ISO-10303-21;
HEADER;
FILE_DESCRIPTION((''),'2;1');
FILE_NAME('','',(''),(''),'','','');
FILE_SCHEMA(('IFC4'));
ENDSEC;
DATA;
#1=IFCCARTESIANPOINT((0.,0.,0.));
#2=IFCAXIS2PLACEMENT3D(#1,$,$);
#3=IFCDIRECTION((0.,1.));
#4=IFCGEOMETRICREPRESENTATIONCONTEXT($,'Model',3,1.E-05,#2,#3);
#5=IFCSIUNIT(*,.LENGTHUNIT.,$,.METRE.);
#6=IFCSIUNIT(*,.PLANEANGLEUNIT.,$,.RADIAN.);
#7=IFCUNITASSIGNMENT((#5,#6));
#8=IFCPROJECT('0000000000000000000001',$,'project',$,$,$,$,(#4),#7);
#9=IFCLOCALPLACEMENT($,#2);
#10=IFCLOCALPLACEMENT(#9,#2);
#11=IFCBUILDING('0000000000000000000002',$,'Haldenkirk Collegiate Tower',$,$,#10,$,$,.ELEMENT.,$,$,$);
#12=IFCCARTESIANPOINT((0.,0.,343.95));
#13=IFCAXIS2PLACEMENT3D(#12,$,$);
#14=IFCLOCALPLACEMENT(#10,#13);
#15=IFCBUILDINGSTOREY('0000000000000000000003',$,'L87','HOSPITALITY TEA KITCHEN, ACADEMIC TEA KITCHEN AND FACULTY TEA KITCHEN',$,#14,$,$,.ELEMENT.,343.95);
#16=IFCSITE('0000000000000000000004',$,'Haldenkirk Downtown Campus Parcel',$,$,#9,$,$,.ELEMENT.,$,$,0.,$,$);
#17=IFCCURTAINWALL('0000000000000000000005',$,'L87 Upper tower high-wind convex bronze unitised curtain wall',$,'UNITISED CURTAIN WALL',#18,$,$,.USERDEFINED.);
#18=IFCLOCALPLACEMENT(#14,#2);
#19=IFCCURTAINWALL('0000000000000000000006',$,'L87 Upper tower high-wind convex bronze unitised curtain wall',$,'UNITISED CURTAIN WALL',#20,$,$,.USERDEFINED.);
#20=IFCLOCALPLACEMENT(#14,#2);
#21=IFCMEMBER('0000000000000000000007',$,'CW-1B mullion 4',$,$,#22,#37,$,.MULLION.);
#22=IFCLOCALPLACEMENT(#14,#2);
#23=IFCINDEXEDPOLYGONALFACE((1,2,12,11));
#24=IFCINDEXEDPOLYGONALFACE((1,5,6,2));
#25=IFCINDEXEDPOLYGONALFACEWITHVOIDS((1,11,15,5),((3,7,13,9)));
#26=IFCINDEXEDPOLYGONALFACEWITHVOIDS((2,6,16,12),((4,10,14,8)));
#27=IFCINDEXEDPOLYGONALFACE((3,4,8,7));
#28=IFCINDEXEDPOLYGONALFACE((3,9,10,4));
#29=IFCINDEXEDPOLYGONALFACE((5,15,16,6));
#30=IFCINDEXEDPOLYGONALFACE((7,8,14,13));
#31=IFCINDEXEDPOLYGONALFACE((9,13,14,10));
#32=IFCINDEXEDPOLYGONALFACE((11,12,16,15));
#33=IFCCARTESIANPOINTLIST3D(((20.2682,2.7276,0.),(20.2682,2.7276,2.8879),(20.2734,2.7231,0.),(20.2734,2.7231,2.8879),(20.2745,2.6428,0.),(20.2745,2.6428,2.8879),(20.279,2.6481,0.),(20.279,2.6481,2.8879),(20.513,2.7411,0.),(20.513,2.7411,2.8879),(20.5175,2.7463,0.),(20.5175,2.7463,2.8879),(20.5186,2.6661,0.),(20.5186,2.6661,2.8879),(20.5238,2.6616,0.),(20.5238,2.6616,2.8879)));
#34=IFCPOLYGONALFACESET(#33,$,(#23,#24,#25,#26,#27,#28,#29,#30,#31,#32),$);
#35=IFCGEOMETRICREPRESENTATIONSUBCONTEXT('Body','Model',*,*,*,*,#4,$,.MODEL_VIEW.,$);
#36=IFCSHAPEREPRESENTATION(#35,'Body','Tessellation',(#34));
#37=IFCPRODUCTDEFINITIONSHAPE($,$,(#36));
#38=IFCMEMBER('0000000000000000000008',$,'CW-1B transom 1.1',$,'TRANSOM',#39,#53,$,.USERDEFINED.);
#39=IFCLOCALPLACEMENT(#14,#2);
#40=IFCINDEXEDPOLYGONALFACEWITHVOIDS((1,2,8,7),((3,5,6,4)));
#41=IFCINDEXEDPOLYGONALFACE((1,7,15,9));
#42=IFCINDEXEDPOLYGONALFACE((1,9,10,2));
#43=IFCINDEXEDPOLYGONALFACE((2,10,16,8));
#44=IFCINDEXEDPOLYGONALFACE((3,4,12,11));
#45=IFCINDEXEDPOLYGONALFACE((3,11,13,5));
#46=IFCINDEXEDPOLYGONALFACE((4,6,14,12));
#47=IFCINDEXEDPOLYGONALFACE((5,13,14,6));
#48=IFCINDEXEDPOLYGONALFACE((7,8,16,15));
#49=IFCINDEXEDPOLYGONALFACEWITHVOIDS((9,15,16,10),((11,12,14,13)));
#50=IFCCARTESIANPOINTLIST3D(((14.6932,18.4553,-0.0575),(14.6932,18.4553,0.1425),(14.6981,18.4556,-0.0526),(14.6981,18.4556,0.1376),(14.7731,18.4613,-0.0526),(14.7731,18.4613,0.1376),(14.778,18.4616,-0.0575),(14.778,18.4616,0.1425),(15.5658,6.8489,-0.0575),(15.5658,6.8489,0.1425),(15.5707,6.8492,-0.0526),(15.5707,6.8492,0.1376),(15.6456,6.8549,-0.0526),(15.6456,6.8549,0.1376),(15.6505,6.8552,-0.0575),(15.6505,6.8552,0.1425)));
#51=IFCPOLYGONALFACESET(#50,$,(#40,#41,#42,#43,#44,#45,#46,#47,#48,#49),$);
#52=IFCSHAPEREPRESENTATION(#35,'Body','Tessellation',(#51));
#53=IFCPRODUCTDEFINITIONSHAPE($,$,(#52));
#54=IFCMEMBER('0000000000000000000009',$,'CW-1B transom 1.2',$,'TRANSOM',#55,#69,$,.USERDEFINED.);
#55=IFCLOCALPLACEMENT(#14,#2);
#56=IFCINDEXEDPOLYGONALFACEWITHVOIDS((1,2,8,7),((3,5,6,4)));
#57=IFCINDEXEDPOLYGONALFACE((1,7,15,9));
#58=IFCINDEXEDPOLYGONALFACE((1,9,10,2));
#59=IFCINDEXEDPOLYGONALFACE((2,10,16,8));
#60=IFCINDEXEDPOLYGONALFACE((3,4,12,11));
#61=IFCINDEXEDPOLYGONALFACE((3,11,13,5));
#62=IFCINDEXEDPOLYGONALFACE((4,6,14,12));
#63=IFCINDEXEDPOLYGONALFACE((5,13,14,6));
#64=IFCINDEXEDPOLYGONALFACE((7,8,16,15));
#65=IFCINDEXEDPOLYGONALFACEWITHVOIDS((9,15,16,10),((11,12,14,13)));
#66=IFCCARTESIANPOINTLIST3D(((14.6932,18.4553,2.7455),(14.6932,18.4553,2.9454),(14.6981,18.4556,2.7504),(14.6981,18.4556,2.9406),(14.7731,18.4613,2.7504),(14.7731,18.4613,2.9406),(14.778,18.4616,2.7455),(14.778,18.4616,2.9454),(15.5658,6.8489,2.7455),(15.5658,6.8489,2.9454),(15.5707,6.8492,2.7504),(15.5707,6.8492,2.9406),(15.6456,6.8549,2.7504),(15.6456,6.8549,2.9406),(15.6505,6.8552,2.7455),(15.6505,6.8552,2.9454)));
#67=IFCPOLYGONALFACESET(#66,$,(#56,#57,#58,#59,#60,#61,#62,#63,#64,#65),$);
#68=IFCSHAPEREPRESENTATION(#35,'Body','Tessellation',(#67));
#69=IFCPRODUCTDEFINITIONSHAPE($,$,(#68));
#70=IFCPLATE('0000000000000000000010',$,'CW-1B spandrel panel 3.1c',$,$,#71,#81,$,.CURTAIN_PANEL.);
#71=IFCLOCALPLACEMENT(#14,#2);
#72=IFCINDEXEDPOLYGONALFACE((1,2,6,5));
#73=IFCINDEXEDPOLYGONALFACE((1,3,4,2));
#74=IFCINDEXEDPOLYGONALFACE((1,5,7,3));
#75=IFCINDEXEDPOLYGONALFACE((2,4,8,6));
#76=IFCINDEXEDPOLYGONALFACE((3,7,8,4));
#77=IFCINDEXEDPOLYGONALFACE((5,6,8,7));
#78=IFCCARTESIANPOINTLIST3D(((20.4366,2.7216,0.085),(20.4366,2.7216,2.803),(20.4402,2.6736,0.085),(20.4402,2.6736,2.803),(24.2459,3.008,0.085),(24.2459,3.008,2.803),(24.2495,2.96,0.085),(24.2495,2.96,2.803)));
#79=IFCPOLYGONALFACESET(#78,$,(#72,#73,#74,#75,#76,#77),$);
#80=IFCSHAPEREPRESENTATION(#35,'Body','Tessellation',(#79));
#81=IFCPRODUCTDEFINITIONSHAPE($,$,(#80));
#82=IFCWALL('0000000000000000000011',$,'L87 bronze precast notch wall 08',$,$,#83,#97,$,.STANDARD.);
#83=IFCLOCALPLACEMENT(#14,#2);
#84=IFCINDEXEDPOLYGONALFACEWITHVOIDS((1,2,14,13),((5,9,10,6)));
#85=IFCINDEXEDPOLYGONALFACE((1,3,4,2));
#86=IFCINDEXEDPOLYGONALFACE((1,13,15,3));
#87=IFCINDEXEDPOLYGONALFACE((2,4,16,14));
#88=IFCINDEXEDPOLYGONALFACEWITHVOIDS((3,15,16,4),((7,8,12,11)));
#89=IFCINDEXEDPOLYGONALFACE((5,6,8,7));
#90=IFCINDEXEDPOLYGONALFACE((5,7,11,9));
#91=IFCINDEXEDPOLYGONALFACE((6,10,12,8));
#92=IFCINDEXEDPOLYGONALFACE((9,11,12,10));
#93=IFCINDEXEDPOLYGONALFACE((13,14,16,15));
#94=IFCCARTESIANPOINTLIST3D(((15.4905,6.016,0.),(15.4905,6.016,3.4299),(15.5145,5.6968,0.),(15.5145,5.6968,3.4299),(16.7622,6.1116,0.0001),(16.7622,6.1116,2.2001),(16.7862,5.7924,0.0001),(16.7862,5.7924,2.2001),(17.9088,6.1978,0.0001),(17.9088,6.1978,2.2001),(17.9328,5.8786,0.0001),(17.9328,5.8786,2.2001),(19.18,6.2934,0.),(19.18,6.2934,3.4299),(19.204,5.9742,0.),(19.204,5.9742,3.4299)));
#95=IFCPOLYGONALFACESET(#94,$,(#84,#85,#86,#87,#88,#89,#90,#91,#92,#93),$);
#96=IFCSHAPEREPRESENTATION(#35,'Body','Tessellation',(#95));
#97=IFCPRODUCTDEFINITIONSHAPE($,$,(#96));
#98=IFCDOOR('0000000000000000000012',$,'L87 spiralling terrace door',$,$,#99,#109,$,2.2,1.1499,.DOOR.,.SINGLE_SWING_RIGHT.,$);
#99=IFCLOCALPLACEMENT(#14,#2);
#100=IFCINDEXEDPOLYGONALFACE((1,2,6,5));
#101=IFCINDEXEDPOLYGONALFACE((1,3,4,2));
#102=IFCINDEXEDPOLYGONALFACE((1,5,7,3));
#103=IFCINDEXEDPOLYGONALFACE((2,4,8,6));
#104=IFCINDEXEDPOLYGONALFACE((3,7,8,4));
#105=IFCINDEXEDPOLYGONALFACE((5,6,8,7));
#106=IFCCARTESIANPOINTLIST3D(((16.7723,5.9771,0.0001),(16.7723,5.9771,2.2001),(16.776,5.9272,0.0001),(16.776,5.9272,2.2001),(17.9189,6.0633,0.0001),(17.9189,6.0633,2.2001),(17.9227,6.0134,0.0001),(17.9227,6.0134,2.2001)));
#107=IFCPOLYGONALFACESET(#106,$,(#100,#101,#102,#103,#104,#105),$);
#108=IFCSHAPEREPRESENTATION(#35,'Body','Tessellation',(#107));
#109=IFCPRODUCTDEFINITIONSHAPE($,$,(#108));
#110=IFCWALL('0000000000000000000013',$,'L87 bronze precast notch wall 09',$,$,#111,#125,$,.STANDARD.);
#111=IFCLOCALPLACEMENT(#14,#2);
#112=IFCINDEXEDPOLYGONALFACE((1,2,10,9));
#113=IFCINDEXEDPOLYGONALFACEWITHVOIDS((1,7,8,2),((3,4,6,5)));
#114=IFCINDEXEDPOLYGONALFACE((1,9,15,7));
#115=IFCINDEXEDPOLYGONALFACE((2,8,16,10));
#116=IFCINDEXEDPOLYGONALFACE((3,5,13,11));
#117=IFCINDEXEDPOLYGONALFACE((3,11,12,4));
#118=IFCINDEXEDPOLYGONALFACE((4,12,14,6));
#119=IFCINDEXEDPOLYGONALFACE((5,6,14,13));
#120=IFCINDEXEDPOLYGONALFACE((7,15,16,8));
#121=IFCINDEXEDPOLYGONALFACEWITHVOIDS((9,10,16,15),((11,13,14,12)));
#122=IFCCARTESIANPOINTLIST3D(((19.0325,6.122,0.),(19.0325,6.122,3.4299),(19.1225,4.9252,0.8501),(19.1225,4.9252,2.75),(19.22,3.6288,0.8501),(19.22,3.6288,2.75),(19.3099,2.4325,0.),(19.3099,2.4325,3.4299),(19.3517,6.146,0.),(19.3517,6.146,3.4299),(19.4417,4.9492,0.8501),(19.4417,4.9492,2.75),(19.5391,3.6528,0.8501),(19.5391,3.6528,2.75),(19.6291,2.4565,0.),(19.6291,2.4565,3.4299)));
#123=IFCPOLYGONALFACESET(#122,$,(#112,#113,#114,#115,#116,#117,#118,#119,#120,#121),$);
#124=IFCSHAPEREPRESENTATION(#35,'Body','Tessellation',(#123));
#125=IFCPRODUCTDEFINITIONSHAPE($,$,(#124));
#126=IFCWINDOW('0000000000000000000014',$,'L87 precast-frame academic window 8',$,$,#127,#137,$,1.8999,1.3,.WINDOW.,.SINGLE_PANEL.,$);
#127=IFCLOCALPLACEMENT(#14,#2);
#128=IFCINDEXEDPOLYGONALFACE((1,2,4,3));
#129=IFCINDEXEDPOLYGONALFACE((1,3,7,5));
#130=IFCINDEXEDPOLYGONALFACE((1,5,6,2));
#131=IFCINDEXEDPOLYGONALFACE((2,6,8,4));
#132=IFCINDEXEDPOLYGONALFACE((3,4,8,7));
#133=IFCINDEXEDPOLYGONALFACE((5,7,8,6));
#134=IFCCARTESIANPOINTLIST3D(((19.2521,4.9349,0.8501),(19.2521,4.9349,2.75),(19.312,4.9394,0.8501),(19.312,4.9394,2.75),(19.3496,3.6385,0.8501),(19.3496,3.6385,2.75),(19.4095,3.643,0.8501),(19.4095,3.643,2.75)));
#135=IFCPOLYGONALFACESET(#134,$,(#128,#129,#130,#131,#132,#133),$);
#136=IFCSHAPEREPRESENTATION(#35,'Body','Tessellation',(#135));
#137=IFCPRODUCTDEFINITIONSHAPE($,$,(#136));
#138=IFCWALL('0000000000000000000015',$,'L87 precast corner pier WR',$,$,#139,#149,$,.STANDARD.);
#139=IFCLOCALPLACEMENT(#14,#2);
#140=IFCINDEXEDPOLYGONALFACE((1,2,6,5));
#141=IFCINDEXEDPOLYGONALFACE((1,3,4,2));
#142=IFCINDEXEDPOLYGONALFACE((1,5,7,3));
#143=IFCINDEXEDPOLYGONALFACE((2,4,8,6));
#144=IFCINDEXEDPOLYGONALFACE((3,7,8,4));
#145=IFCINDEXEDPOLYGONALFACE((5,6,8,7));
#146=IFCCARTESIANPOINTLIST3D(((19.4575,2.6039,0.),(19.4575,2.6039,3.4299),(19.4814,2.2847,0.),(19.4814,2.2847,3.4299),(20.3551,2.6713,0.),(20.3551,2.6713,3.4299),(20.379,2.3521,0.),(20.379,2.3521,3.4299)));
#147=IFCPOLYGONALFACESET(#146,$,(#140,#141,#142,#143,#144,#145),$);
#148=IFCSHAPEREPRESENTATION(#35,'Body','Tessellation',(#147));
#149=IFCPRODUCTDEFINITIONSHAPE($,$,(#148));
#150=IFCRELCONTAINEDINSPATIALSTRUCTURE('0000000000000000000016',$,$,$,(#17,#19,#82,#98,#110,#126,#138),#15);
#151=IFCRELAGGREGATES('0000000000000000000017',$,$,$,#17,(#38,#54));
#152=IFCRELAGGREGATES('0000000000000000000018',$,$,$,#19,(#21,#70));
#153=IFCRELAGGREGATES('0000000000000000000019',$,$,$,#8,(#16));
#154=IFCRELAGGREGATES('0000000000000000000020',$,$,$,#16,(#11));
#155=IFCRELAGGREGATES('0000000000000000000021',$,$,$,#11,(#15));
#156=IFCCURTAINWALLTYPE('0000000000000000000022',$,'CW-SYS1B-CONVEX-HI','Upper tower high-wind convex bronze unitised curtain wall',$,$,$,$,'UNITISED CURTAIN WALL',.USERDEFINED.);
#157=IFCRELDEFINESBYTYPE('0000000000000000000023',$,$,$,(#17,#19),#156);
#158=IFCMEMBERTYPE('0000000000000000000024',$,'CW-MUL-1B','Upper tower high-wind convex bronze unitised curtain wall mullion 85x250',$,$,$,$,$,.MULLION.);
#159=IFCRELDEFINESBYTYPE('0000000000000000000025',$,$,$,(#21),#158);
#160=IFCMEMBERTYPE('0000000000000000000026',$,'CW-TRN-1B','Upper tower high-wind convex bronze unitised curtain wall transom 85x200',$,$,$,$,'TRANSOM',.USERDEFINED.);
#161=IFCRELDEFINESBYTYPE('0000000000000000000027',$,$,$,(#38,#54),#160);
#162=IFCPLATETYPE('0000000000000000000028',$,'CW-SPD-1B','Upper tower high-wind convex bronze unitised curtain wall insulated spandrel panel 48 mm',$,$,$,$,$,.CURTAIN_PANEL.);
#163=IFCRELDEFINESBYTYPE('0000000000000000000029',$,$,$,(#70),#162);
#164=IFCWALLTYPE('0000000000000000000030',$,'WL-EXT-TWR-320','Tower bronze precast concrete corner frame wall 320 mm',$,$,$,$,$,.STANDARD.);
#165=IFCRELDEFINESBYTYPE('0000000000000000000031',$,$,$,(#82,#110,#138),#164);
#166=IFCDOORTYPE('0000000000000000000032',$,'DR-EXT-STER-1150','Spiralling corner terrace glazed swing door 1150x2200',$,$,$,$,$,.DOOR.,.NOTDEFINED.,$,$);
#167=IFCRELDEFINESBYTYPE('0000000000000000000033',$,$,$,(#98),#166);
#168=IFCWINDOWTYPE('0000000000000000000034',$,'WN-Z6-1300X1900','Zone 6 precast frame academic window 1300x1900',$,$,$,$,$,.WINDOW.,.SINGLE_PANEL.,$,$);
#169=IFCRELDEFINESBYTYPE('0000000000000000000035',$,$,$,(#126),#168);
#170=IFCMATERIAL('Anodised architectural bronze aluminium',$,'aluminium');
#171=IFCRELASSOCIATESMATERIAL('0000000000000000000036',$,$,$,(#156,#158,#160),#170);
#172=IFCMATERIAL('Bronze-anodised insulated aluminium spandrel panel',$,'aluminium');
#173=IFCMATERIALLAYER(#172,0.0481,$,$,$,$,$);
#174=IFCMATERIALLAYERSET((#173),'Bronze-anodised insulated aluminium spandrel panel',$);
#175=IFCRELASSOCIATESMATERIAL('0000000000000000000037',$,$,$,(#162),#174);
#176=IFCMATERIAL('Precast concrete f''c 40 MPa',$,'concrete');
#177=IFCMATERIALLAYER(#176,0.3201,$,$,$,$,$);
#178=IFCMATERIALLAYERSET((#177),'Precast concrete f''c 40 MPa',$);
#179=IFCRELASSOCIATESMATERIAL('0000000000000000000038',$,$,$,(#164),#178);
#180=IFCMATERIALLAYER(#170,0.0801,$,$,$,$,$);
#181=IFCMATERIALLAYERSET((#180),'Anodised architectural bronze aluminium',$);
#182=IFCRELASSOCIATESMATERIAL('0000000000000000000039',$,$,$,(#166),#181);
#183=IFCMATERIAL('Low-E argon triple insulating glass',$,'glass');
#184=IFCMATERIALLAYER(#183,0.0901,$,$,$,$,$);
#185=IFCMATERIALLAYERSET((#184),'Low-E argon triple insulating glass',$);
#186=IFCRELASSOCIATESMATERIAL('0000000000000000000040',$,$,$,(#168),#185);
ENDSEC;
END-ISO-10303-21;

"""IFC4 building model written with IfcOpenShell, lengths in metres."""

from ifc_helpers import new_model, si_unit, direction, frame, frame_2d, origin, origin_2d, place, context, subcontext, project, spatial, rectangle, hollow_rectangle, extrude, source, transform, mapped, material, layer, layer_set, material_profile, profile_set, type_object, element, fill, aggregate, save


model = new_model("IFC4")

# Units and contexts
model_context = context("Model", 3, precision=1e-05, world=origin(), true_north=direction((0.0, 1.0)))
body_context = subcontext(model_context, "Body", "Model", "MODEL_VIEW")
ifc_project = project(units=[si_unit("LENGTHUNIT", "METRE"), si_unit("PLANEANGLEUNIT", "RADIAN")], contexts=[model_context])

# Site, building, storey
site_placement = place(None, origin())
site = spatial("IfcSite", under=ifc_project, at=site_placement, Name="Haldenkirk Downtown Campus Parcel", CompositionType="ELEMENT", RefElevation=0.0)
building_placement = place(site_placement, origin())
building = spatial("IfcBuilding", under=site, at=building_placement, Name="Haldenkirk Collegiate Tower", CompositionType="ELEMENT")
storey_placement = place(building_placement, frame((0.0, 0.0, 343.95)))
storey = spatial("IfcBuildingStorey", under=building, at=storey_placement, Name="L87", Description="HOSPITALITY TEA KITCHEN, ACADEMIC TEA KITCHEN AND FACULTY TEA KITCHEN", CompositionType="ELEMENT", Elevation=343.95)

# Curtain walls, member
ifc_material_1 = material(Name="Anodised architectural bronze aluminium", Category="aluminium")
curtain_wall_type = type_object("IfcCurtainWallType", Name="CW-SYS1B-CONVEX-HI", Description="Upper tower high-wind convex bronze unitised curtain wall", ElementType="UNITISED CURTAIN WALL", PredefinedType="USERDEFINED", material=ifc_material_1)
curtain_wall_1_placement = place(storey_placement, origin())
curtain_wall_1 = element("IfcCurtainWall", 1, at=curtain_wall_1_placement, inside=storey, type_object=curtain_wall_type, Name="L87 Upper tower high-wind convex bronze unitised curtain wall", ObjectType="UNITISED CURTAIN WALL", PredefinedType="USERDEFINED")
ifc_material_profile_1 = material_profile(ifc_material_1, hollow_rectangle(XDim=0.085, YDim=0.25, WallThickness=0.0049, at=origin_2d()), Name="CW-MUL-1B")
ifc_profile_set_1 = profile_set([ifc_material_profile_1], Name="Anodised architectural bronze aluminium")
member_type_1 = type_object("IfcMemberType", Name="CW-MUL-1B", Description="Upper tower high-wind convex bronze unitised curtain wall mullion 85x250", PredefinedType="MULLION", material=ifc_profile_set_1)
curtain_wall_2_placement = place(storey_placement, origin())
curtain_wall_2 = element("IfcCurtainWall", 2, at=curtain_wall_2_placement, inside=storey, type_object=curtain_wall_type, Name="L87 Upper tower high-wind convex bronze unitised curtain wall", ObjectType="UNITISED CURTAIN WALL", PredefinedType="USERDEFINED")
member_1_placement = place(storey_placement, frame((20.396, 2.6946, 0.0), z_axis=(0.0, 0.0, 1.0), x_axis=(0.074976, -0.997185, 0.0)))
member_1 = element("IfcMember", 3, at=member_1_placement, type_object=member_type_1, Name="CW-1B mullion 4", PredefinedType="MULLION", context=body_context, shape_type="SweptSolid", body=[
    extrude(hollow_rectangle(XDim=0.085, YDim=0.25, WallThickness=0.0049, at=origin_2d()), origin(), (0.0, 0.0, 1.0), 2.8879),
])

# Members
ifc_material_profile_2 = material_profile(ifc_material_1, hollow_rectangle(XDim=0.085, YDim=0.2, WallThickness=0.0049, at=origin_2d()), Name="CW-TRN-1B")
ifc_profile_set_2 = profile_set([ifc_material_profile_2], Name="Anodised architectural bronze aluminium")
member_type_2 = type_object("IfcMemberType", Name="CW-TRN-1B", Description="Upper tower high-wind convex bronze unitised curtain wall transom 85x200", ElementType="TRANSOM", PredefinedType="USERDEFINED", material=ifc_profile_set_2)
member_2_placement = place(storey_placement, frame((15.6082, 6.8521, 0.0425), z_axis=(-0.074967, 0.997186, 0.0), x_axis=(-0.997186, -0.074967, 0.0)))
member_2 = element("IfcMember", 4, at=member_2_placement, type_object=member_type_2, Name="CW-1B transom 1.1", ObjectType="TRANSOM", PredefinedType="USERDEFINED", context=body_context, shape_type="SweptSolid", body=[
    extrude(hollow_rectangle(XDim=0.085, YDim=0.2, WallThickness=0.0049, at=origin_2d()), origin(), (0.0, 0.0, 1.0), 11.6392),
])
member_3_placement = place(storey_placement, frame((15.6082, 6.8521, 2.8455), z_axis=(-0.074967, 0.997186, 0.0), x_axis=(-0.997186, -0.074967, 0.0)))
member_3 = element("IfcMember", 5, at=member_3_placement, type_object=member_type_2, Name="CW-1B transom 1.2", ObjectType="TRANSOM", PredefinedType="USERDEFINED", context=body_context, shape_type="SweptSolid", body=[
    extrude(hollow_rectangle(XDim=0.085, YDim=0.2, WallThickness=0.0049, at=origin_2d()), origin(), (0.0, 0.0, 1.0), 11.6392),
])
aggregate(curtain_wall_1, [member_2, member_3])

# Plate
ifc_material_2 = material(Name="Bronze-anodised insulated aluminium spandrel panel", Category="aluminium")
ifc_layer_1 = layer(ifc_material_2, 0.0481)
ifc_layer_set_1 = layer_set([ifc_layer_1], Name="Bronze-anodised insulated aluminium spandrel panel")
plate_type = type_object("IfcPlateType", Name="CW-SPD-1B", Description="Upper tower high-wind convex bronze unitised curtain wall insulated spandrel panel 48 mm", PredefinedType="CURTAIN_PANEL", material=ifc_layer_set_1)
shared_shape_1 = source(origin(), body_context, "Body", "SweptSolid", [
    extrude(rectangle(XDim=3.8201, YDim=0.0481, at=origin_2d()), origin(), (0.0, 0.0, 1.0), 2.718),
])
plate_placement = place(storey_placement, frame((22.343, 2.8408, 0.085), z_axis=(0.0, 0.0, 1.0), x_axis=(-0.997185, -0.074976, 0.0)))
plate = element("IfcPlate", 6, at=plate_placement, type_object=plate_type, Name="CW-1B spandrel panel 3.1c", PredefinedType="CURTAIN_PANEL", context=body_context, shape_type="MappedRepresentation", body=[
    mapped(shared_shape_1, transform((0.0, 0.0, 0.0), x_axis=(1.0, 0.0, 0.0), y_axis=(0.0, 1.0, 0.0), z_axis=(0.0, 0.0, 1.0), scale=1.0)),
])
aggregate(curtain_wall_2, [member_1, plate])

# Wall, opening, door
ifc_material_3 = material(Name="Precast concrete f'c 40 MPa", Category="concrete")
ifc_layer_2 = layer(ifc_material_3, 0.3201)
ifc_layer_set_2 = layer_set([ifc_layer_2], Name="Precast concrete f'c 40 MPa")
wall_type = type_object("IfcWallType", Name="WL-EXT-TWR-320", Description="Tower bronze precast concrete corner frame wall 320 mm", PredefinedType="STANDARD", material=ifc_layer_set_2)
wall_1_placement = place(storey_placement, frame((19.1921, 6.1338, 0.0), z_axis=(0.0, 0.0, 1.0), x_axis=(-0.997186, -0.074961, 0.0)))
wall_1 = element("IfcWall", 7, at=wall_1_placement, inside=storey, type_object=wall_type, Name="L87 bronze precast notch wall 08", PredefinedType="STANDARD", context=body_context, shape_type="SweptSolid", body=[
    extrude(rectangle(XDim=3.7, YDim=0.3201, at=frame_2d((1.8501, 0.0))), origin(), (0.0, 0.0, 1.0), 3.4299),
])
opening_1_placement = place(wall_1_placement, frame((1.2749, 0.0, 0.0)))
opening_1 = element("IfcOpeningElement", 8, at=opening_1_placement, cuts=wall_1, PredefinedType="OPENING", context=body_context, shape_type="SweptSolid", body=[
    extrude(rectangle(XDim=1.1499, YDim=2.2, at=frame_2d((0.575, 1.1001))), frame((0.0, 0.1699, 0.0), z_axis=(0.0, -1.0, 0.0), x_axis=(1.0, 0.0, 0.0)), (0.0, 0.0, 1.0), 0.3401),
])
ifc_layer_3 = layer(ifc_material_1, 0.0801)
ifc_layer_set_3 = layer_set([ifc_layer_3], Name="Anodised architectural bronze aluminium")
door_type = type_object("IfcDoorType", Name="DR-EXT-STER-1150", Description="Spiralling corner terrace glazed swing door 1150x2200", OperationType="NOTDEFINED", PredefinedType="DOOR", material=ifc_layer_set_3)
door_placement = place(opening_1_placement, origin())
door = element("IfcDoor", 9, at=door_placement, inside=storey, type_object=door_type, Name="L87 spiralling terrace door", OperationType="SINGLE_SWING_RIGHT", OverallHeight=2.2, OverallWidth=1.1499, PredefinedType="DOOR", context=body_context, shape_type="SweptSolid", body=[
    extrude(rectangle(XDim=1.1499, YDim=2.2, at=frame_2d((0.575, 1.1001))), frame((0.0, 0.0249, 0.0), z_axis=(0.0, -1.0, 0.0), x_axis=(1.0, 0.0, 0.0)), (0.0, 0.0, 1.0), 0.05),
])
fill(opening_1, door)

# Wall, opening, window
wall_2_placement = place(storey_placement, frame((19.4695, 2.4443, 0.0), z_axis=(0.0, 0.0, 1.0), x_axis=(-0.074961, 0.997186, 0.0)))
wall_2 = element("IfcWall", 10, at=wall_2_placement, inside=storey, type_object=wall_type, Name="L87 bronze precast notch wall 09", PredefinedType="STANDARD", context=body_context, shape_type="SweptSolid", body=[
    extrude(rectangle(XDim=3.7, YDim=0.3201, at=frame_2d((1.8501, 0.0))), origin(), (0.0, 0.0, 1.0), 3.4299),
])
opening_2_placement = place(wall_2_placement, frame((1.2, 0.0, 0.8501)))
opening_2 = element("IfcOpeningElement", 11, at=opening_2_placement, cuts=wall_2, PredefinedType="OPENING", context=body_context, shape_type="SweptSolid", body=[
    extrude(rectangle(XDim=1.3, YDim=1.8999, at=frame_2d((0.6499, 0.95))), frame((0.0, 0.1699, 0.0), z_axis=(0.0, -1.0, 0.0), x_axis=(1.0, 0.0, 0.0)), (0.0, 0.0, 1.0), 0.3401),
])
ifc_material_4 = material(Name="Low-E argon triple insulating glass", Category="glass")
ifc_layer_4 = layer(ifc_material_4, 0.0901)
ifc_layer_set_4 = layer_set([ifc_layer_4], Name="Low-E argon triple insulating glass")
window_type = type_object("IfcWindowType", Name="WN-Z6-1300X1900", Description="Zone 6 precast frame academic window 1300x1900", PartitioningType="SINGLE_PANEL", PredefinedType="WINDOW", material=ifc_layer_set_4)
window_placement = place(opening_2_placement, origin())
window = element("IfcWindow", 12, at=window_placement, inside=storey, type_object=window_type, Name="L87 precast-frame academic window 8", OverallHeight=1.8999, OverallWidth=1.3, PartitioningType="SINGLE_PANEL", PredefinedType="WINDOW", context=body_context, shape_type="SweptSolid", body=[
    extrude(rectangle(XDim=1.3, YDim=1.8999, at=frame_2d((0.6499, 0.95))), frame((0.0, 0.03, 0.0), z_axis=(0.0, -1.0, 0.0), x_axis=(1.0, 0.0, 0.0)), (0.0, 0.0, 1.0), 0.0601),
])
fill(opening_2, window)

# Wall
wall_3_placement = place(storey_placement, frame((20.3672, 2.5117, 0.0), z_axis=(0.0, 0.0, 1.0), x_axis=(-0.997195, -0.074851, 0.0)))
element("IfcWall", 13, at=wall_3_placement, inside=storey, type_object=wall_type, Name="L87 precast corner pier WR", PredefinedType="STANDARD", context=body_context, shape_type="SweptSolid", body=[
    extrude(rectangle(XDim=0.9001, YDim=0.3201, at=frame_2d((0.4502, 0.0))), origin(), (0.0, 0.0, 1.0), 3.4299),
])

save(model, "model.ifc")
